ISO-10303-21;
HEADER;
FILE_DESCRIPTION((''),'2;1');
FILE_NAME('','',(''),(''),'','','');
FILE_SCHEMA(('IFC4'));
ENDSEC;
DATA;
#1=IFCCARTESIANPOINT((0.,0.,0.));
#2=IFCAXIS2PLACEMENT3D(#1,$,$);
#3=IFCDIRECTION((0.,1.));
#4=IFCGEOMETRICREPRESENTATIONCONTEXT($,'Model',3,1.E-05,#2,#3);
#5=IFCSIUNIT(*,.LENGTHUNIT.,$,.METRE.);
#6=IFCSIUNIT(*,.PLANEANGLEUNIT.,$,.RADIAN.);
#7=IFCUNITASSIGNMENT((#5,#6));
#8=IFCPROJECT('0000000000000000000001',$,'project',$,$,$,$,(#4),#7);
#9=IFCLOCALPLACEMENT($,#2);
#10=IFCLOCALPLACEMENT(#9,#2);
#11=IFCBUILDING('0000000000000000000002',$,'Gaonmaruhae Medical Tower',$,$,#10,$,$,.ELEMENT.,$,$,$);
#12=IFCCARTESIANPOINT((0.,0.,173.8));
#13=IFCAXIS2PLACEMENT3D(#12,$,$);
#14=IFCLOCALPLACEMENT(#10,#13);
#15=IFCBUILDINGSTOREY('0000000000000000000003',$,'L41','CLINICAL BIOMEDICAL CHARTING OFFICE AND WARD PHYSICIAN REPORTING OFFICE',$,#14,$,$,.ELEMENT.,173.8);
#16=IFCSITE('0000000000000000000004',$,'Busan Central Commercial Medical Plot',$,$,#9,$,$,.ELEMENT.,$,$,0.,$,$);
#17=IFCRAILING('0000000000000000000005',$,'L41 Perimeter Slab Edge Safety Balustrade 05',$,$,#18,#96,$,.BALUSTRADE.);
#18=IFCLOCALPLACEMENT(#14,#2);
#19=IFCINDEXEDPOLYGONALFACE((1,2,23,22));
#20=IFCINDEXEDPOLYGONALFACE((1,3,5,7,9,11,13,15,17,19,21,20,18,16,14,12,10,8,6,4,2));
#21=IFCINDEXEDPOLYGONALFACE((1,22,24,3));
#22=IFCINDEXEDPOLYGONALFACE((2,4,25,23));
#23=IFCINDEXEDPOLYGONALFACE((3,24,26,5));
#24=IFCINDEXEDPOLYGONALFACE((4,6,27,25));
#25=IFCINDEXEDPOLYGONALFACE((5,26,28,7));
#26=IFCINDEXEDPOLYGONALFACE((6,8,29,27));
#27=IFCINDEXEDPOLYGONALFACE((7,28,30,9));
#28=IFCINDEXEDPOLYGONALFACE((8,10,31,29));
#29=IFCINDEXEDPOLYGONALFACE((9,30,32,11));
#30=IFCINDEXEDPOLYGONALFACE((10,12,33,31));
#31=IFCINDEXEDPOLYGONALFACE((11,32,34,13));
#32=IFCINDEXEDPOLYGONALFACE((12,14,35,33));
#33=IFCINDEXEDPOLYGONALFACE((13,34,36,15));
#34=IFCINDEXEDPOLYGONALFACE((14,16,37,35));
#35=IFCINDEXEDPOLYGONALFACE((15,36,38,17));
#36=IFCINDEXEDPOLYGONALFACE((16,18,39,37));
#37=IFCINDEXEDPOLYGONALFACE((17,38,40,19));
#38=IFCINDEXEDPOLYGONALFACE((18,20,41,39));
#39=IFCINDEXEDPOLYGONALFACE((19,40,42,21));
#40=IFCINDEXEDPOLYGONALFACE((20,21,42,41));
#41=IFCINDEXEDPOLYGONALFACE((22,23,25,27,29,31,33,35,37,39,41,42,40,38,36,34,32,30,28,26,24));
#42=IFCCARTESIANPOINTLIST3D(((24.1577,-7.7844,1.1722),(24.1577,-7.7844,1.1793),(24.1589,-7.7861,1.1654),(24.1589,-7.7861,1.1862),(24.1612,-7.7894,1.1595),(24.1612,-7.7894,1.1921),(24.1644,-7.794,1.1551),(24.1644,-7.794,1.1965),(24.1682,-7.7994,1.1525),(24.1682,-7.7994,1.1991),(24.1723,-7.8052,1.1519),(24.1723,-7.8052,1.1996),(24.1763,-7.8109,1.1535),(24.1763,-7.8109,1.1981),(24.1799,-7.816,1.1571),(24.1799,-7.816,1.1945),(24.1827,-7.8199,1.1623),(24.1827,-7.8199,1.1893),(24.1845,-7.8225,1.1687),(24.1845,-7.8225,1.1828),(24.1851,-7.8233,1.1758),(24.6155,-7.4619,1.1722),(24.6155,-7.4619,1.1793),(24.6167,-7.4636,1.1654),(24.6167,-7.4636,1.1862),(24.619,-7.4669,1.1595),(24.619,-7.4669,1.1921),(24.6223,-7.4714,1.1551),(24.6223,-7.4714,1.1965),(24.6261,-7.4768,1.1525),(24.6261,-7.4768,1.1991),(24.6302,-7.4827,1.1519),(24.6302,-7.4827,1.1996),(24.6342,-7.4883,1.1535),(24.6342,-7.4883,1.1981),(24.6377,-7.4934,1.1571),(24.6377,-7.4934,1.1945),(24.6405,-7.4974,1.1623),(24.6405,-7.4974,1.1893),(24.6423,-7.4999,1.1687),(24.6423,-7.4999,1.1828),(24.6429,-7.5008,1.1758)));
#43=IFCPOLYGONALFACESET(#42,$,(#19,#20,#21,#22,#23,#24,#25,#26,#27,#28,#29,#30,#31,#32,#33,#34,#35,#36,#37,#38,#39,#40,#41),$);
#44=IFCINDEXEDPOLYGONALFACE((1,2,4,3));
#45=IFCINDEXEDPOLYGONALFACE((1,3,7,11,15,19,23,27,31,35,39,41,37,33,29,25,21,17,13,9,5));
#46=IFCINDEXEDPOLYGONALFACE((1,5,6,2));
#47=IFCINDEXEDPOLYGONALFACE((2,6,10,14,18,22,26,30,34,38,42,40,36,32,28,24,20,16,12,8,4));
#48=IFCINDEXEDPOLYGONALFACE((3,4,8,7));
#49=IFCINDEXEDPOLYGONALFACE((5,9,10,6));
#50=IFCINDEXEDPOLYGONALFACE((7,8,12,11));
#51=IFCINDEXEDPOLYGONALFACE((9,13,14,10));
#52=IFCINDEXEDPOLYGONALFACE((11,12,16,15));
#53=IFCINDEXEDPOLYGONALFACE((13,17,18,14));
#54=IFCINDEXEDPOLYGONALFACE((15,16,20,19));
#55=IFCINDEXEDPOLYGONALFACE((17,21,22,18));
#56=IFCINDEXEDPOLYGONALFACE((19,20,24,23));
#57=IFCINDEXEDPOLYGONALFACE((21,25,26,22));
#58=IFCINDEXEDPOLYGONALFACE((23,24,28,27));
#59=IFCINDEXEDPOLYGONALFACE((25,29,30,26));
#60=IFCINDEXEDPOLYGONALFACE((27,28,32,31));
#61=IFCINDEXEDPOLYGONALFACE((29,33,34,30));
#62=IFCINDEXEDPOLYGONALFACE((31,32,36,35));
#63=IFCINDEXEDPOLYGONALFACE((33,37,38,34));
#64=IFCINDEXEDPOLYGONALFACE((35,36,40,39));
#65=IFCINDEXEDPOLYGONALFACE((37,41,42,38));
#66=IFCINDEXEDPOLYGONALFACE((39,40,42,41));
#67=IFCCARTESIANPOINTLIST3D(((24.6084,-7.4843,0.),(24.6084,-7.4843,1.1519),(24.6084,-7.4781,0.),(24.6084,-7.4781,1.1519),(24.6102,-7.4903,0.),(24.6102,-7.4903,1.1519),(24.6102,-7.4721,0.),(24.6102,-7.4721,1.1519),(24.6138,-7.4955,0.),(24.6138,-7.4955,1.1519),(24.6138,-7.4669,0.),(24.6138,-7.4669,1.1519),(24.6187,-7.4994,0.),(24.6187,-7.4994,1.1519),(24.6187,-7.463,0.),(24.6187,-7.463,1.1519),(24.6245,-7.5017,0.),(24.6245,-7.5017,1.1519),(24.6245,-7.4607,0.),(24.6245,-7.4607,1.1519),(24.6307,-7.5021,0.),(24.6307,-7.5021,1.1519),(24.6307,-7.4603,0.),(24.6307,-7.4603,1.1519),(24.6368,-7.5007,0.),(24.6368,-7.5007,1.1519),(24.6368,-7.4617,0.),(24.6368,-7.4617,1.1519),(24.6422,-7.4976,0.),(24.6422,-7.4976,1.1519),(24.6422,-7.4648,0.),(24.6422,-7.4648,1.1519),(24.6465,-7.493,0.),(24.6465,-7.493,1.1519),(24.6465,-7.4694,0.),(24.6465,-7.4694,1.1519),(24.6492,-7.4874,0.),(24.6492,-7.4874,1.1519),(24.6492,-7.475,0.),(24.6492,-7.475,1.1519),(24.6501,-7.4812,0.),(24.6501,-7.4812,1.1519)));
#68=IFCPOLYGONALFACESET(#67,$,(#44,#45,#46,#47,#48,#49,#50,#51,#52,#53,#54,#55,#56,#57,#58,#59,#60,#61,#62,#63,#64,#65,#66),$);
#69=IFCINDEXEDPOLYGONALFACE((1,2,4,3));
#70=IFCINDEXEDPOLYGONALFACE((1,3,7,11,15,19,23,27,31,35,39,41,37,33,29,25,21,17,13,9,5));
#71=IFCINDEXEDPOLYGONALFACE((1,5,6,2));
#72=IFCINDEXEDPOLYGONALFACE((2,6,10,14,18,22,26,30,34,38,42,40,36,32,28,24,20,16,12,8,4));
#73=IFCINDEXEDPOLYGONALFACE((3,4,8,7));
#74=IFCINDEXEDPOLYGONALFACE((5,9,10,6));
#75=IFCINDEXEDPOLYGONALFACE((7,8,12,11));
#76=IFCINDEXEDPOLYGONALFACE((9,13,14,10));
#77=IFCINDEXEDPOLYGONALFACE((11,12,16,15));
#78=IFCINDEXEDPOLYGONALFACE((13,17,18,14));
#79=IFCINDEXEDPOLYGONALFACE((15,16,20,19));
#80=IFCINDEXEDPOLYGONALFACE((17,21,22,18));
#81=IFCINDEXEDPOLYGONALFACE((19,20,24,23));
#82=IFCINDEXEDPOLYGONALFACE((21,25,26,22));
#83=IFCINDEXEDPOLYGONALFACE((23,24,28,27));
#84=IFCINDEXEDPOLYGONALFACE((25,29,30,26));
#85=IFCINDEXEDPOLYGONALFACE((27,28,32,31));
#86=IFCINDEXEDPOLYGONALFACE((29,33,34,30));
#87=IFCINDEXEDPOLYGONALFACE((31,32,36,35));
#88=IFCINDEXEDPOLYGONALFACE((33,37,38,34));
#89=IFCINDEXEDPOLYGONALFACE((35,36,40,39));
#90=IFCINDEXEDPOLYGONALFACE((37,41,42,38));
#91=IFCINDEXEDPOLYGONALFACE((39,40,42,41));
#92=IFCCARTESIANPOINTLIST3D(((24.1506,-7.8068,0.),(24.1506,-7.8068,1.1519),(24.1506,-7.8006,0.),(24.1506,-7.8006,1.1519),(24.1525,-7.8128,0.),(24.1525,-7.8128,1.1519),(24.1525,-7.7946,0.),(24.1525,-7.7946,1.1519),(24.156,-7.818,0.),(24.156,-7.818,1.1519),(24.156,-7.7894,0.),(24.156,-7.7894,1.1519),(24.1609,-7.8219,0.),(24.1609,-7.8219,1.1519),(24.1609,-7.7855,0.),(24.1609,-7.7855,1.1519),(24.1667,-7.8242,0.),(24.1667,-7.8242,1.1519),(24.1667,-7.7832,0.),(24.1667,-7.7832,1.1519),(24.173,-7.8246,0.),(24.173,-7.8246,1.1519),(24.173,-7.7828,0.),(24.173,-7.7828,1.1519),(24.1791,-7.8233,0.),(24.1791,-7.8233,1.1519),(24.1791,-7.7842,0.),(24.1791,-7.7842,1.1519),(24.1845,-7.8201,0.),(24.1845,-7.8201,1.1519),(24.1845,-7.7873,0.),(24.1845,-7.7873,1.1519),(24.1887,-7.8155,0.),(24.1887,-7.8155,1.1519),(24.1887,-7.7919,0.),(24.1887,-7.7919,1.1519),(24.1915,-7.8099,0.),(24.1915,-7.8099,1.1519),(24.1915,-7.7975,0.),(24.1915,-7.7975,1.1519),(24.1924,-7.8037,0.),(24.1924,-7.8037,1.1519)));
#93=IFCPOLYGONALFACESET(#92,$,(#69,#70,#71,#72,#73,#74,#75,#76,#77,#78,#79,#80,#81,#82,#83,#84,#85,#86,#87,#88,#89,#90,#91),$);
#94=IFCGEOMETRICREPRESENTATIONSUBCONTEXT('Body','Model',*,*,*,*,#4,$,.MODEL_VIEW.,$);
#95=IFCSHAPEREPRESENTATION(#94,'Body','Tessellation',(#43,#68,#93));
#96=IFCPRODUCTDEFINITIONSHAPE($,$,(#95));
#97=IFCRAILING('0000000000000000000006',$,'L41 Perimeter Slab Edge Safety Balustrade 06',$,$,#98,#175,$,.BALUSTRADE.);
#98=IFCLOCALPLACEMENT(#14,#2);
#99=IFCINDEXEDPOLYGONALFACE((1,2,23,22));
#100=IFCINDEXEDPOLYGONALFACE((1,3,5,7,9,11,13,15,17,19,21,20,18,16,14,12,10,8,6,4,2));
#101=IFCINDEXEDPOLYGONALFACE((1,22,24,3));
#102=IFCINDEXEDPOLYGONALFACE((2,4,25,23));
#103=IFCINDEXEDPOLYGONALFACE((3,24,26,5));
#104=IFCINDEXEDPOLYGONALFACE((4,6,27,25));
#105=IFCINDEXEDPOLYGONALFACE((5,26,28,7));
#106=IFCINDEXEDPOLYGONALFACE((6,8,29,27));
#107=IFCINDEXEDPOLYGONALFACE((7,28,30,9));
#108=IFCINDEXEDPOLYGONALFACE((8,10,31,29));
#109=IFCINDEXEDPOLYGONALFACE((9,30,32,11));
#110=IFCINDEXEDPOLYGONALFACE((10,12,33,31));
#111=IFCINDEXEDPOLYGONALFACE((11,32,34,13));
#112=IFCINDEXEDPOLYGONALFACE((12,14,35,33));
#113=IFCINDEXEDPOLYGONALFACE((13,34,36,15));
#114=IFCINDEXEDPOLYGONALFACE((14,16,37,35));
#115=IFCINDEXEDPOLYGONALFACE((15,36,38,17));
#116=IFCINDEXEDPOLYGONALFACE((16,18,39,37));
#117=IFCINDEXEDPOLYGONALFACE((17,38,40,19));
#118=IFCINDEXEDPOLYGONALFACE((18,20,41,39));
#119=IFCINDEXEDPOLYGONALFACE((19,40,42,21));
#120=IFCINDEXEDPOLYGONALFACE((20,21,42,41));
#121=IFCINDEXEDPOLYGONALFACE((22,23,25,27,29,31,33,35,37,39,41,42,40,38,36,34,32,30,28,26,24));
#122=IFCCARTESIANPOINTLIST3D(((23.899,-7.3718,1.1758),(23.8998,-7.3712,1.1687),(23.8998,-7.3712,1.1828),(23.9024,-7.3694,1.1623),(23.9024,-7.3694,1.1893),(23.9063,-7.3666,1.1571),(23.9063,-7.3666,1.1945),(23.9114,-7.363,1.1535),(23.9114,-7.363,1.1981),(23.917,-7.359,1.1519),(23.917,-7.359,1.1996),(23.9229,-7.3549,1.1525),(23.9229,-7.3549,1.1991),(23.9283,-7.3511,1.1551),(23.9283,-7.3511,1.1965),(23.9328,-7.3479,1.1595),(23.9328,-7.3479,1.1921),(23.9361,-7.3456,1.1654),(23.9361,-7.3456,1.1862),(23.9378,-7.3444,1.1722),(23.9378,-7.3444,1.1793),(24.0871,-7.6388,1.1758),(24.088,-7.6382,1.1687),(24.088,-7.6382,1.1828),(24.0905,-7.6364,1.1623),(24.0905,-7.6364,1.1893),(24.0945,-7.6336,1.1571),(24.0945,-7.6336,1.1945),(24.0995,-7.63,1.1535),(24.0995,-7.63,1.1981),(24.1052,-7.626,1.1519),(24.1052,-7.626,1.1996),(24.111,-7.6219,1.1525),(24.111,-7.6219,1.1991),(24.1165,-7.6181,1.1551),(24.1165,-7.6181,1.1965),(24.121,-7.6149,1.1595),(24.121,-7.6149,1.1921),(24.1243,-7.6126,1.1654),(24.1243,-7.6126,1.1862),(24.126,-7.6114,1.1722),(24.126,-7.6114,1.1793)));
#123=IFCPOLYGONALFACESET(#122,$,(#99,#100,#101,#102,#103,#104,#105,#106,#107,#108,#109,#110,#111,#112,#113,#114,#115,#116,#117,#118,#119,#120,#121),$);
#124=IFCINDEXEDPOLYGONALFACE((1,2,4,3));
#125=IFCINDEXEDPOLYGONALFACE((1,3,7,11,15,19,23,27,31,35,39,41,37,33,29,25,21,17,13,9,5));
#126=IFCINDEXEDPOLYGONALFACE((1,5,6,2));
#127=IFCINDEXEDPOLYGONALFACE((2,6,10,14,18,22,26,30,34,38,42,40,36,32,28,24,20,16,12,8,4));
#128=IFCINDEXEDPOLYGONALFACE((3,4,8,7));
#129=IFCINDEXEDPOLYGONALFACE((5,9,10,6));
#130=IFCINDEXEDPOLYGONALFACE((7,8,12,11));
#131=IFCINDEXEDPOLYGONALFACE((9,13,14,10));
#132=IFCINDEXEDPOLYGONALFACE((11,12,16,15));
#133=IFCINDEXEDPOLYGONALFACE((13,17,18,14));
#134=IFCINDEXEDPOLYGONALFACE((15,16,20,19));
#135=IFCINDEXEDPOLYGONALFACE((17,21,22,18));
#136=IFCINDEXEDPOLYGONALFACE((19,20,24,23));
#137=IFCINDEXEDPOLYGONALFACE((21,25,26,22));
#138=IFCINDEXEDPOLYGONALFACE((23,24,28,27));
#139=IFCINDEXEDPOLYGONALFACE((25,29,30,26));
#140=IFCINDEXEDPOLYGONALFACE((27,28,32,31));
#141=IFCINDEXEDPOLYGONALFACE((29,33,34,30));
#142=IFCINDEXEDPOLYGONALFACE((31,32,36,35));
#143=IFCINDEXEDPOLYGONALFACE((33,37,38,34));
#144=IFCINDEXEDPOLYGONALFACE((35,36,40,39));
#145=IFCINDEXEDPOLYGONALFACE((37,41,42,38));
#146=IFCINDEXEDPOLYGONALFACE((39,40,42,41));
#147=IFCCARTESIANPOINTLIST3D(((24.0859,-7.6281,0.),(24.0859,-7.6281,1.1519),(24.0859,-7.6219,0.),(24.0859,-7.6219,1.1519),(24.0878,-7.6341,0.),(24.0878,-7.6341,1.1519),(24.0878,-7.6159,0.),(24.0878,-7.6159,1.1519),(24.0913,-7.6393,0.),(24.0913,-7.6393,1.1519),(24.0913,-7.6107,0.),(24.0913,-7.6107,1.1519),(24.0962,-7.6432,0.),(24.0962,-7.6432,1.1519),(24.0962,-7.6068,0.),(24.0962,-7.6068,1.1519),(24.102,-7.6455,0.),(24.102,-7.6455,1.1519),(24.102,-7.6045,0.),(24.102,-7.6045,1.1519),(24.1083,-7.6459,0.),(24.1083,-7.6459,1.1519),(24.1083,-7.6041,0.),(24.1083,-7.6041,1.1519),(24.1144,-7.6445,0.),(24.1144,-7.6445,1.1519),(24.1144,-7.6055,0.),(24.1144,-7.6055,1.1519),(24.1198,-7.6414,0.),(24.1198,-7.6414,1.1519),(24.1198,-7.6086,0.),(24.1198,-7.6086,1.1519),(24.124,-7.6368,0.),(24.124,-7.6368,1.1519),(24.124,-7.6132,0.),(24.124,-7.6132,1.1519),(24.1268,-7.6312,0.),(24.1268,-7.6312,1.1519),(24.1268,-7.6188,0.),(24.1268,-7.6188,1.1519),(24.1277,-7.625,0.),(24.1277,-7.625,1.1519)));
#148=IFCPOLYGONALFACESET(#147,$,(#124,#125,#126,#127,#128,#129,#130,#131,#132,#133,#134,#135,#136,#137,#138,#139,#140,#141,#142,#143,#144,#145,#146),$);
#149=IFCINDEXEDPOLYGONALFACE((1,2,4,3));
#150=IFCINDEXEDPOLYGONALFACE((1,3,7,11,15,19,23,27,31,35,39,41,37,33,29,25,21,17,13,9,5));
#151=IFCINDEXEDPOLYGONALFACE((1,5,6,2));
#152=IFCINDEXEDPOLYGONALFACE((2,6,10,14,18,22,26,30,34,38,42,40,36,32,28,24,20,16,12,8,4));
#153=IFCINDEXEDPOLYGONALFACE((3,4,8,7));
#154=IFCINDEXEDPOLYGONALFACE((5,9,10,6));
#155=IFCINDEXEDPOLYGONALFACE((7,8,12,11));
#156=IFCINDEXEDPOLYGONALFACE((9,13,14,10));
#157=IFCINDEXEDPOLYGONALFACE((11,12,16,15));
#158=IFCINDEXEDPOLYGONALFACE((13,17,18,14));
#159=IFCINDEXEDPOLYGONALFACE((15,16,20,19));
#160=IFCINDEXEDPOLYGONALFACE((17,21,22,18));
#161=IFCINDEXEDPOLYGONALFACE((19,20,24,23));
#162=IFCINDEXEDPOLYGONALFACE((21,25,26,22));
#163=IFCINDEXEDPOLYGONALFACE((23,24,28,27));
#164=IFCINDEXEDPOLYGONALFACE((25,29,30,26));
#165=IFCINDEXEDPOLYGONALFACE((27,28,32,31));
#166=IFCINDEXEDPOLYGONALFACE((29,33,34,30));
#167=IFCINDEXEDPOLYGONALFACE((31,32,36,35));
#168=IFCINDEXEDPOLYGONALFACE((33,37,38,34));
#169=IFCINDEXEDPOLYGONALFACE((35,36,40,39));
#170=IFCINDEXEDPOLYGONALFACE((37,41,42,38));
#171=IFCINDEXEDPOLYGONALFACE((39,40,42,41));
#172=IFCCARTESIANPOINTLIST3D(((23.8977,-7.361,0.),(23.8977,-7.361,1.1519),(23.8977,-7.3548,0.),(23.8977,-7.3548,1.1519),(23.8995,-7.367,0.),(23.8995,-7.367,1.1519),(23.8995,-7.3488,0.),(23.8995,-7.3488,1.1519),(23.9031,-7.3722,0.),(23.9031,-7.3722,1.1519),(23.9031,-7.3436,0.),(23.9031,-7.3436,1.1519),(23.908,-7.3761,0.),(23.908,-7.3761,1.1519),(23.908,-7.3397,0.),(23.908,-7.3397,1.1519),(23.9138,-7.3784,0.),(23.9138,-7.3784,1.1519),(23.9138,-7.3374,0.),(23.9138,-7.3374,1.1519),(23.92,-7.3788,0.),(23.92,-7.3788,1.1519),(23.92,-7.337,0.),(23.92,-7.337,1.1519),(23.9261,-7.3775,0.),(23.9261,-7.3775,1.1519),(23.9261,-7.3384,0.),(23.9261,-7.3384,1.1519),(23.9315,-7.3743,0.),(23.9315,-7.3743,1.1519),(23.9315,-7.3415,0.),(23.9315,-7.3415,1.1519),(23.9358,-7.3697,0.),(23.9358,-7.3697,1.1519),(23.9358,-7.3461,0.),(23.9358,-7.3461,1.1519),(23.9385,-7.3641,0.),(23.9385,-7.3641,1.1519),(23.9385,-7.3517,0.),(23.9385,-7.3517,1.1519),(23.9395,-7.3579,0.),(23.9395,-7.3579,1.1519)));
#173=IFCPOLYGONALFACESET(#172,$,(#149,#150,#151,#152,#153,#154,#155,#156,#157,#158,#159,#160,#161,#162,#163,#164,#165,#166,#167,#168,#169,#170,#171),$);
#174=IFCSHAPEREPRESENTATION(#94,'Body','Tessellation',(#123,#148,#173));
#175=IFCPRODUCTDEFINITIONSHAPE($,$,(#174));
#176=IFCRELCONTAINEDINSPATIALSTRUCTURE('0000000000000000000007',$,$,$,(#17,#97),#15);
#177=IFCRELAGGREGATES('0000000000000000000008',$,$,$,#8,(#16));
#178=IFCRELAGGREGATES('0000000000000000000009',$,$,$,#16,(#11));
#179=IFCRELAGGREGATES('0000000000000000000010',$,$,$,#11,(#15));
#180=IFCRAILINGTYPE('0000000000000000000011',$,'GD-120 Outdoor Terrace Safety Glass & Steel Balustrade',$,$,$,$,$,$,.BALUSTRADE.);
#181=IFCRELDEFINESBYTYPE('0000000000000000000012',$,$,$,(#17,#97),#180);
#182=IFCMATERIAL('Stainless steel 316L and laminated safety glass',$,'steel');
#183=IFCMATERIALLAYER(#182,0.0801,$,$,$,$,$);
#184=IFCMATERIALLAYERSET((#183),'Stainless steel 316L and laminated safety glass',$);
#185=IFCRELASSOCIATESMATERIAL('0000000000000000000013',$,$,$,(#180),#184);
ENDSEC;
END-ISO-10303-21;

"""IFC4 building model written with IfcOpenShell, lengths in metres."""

from ifc_helpers import new_model, si_unit, direction, frame, origin, origin_2d, place, context, subcontext, project, spatial, circle, extrude, material, layer, layer_set, type_object, element, save


model = new_model("IFC4")

# Units and contexts
model_context = context("Model", 3, precision=1e-05, world=origin(), true_north=direction((0.0, 1.0)))
body_context = subcontext(model_context, "Body", "Model", "MODEL_VIEW")
ifc_project = project(units=[si_unit("LENGTHUNIT", "METRE"), si_unit("PLANEANGLEUNIT", "RADIAN")], contexts=[model_context])

# Site, building, storey
site_placement = place(None, origin())
site = spatial("IfcSite", under=ifc_project, at=site_placement, Name="Busan Central Commercial Medical Plot", CompositionType="ELEMENT", RefElevation=0.0)
building_placement = place(site_placement, origin())
building = spatial("IfcBuilding", under=site, at=building_placement, Name="Gaonmaruhae Medical Tower", CompositionType="ELEMENT")
storey_placement = place(building_placement, frame((0.0, 0.0, 173.8)))
storey = spatial("IfcBuildingStorey", under=building, at=storey_placement, Name="L41", Description="CLINICAL BIOMEDICAL CHARTING OFFICE AND WARD PHYSICIAN REPORTING OFFICE", CompositionType="ELEMENT", Elevation=173.8)

# Railings
ifc_material_1 = material(Name="Stainless steel 316L and laminated safety glass", Category="steel")
ifc_layer_1 = layer(ifc_material_1, 0.0801)
ifc_layer_set_1 = layer_set([ifc_layer_1], Name="Stainless steel 316L and laminated safety glass")
railing_type = type_object("IfcRailingType", Name="GD-120 Outdoor Terrace Safety Glass & Steel Balustrade", PredefinedType="BALUSTRADE", material=ifc_layer_set_1)
railing_1_placement = place(storey_placement, frame((24.6292, -7.4812, 0.0)))
element("IfcRailing", 1, at=railing_1_placement, inside=storey, type_object=railing_type, Name="L41 Perimeter Slab Edge Safety Balustrade 05", PredefinedType="BALUSTRADE", context=body_context, shape_type="SweptSolid", body=[
    extrude(circle(Radius=0.0239, at=origin_2d()), frame((0.0, 0.0, 1.1758), z_axis=(-0.817487, -0.575947, 0.0), x_axis=(0.575947, -0.817487, 0.0)), (0.0, 0.0, 1.0), 0.5601),
    extrude(circle(Radius=0.021, at=origin_2d()), origin(), (0.0, 0.0, 1.0), 1.1519),
    extrude(circle(Radius=0.021, at=origin_2d()), frame((-0.4578, -0.3225, 0.0)), (0.0, 0.0, 1.0), 1.1519),
])
railing_2_placement = place(storey_placement, frame((24.1067, -7.625, 0.0)))
element("IfcRailing", 2, at=railing_2_placement, inside=storey, type_object=railing_type, Name="L41 Perimeter Slab Edge Safety Balustrade 06", PredefinedType="BALUSTRADE", context=body_context, shape_type="SweptSolid", body=[
    extrude(circle(Radius=0.0239, at=origin_2d()), frame((0.0, 0.0, 1.1758), z_axis=(-0.576067, 0.817402, 0.0), x_axis=(-0.817402, -0.576067, 0.0)), (0.0, 0.0, 1.0), 0.3267),
    extrude(circle(Radius=0.021, at=origin_2d()), origin(), (0.0, 0.0, 1.0), 1.1519),
    extrude(circle(Radius=0.021, at=origin_2d()), frame((-0.1882, 0.2671, 0.0)), (0.0, 0.0, 1.0), 1.1519),
])

save(model, "model.ifc")
